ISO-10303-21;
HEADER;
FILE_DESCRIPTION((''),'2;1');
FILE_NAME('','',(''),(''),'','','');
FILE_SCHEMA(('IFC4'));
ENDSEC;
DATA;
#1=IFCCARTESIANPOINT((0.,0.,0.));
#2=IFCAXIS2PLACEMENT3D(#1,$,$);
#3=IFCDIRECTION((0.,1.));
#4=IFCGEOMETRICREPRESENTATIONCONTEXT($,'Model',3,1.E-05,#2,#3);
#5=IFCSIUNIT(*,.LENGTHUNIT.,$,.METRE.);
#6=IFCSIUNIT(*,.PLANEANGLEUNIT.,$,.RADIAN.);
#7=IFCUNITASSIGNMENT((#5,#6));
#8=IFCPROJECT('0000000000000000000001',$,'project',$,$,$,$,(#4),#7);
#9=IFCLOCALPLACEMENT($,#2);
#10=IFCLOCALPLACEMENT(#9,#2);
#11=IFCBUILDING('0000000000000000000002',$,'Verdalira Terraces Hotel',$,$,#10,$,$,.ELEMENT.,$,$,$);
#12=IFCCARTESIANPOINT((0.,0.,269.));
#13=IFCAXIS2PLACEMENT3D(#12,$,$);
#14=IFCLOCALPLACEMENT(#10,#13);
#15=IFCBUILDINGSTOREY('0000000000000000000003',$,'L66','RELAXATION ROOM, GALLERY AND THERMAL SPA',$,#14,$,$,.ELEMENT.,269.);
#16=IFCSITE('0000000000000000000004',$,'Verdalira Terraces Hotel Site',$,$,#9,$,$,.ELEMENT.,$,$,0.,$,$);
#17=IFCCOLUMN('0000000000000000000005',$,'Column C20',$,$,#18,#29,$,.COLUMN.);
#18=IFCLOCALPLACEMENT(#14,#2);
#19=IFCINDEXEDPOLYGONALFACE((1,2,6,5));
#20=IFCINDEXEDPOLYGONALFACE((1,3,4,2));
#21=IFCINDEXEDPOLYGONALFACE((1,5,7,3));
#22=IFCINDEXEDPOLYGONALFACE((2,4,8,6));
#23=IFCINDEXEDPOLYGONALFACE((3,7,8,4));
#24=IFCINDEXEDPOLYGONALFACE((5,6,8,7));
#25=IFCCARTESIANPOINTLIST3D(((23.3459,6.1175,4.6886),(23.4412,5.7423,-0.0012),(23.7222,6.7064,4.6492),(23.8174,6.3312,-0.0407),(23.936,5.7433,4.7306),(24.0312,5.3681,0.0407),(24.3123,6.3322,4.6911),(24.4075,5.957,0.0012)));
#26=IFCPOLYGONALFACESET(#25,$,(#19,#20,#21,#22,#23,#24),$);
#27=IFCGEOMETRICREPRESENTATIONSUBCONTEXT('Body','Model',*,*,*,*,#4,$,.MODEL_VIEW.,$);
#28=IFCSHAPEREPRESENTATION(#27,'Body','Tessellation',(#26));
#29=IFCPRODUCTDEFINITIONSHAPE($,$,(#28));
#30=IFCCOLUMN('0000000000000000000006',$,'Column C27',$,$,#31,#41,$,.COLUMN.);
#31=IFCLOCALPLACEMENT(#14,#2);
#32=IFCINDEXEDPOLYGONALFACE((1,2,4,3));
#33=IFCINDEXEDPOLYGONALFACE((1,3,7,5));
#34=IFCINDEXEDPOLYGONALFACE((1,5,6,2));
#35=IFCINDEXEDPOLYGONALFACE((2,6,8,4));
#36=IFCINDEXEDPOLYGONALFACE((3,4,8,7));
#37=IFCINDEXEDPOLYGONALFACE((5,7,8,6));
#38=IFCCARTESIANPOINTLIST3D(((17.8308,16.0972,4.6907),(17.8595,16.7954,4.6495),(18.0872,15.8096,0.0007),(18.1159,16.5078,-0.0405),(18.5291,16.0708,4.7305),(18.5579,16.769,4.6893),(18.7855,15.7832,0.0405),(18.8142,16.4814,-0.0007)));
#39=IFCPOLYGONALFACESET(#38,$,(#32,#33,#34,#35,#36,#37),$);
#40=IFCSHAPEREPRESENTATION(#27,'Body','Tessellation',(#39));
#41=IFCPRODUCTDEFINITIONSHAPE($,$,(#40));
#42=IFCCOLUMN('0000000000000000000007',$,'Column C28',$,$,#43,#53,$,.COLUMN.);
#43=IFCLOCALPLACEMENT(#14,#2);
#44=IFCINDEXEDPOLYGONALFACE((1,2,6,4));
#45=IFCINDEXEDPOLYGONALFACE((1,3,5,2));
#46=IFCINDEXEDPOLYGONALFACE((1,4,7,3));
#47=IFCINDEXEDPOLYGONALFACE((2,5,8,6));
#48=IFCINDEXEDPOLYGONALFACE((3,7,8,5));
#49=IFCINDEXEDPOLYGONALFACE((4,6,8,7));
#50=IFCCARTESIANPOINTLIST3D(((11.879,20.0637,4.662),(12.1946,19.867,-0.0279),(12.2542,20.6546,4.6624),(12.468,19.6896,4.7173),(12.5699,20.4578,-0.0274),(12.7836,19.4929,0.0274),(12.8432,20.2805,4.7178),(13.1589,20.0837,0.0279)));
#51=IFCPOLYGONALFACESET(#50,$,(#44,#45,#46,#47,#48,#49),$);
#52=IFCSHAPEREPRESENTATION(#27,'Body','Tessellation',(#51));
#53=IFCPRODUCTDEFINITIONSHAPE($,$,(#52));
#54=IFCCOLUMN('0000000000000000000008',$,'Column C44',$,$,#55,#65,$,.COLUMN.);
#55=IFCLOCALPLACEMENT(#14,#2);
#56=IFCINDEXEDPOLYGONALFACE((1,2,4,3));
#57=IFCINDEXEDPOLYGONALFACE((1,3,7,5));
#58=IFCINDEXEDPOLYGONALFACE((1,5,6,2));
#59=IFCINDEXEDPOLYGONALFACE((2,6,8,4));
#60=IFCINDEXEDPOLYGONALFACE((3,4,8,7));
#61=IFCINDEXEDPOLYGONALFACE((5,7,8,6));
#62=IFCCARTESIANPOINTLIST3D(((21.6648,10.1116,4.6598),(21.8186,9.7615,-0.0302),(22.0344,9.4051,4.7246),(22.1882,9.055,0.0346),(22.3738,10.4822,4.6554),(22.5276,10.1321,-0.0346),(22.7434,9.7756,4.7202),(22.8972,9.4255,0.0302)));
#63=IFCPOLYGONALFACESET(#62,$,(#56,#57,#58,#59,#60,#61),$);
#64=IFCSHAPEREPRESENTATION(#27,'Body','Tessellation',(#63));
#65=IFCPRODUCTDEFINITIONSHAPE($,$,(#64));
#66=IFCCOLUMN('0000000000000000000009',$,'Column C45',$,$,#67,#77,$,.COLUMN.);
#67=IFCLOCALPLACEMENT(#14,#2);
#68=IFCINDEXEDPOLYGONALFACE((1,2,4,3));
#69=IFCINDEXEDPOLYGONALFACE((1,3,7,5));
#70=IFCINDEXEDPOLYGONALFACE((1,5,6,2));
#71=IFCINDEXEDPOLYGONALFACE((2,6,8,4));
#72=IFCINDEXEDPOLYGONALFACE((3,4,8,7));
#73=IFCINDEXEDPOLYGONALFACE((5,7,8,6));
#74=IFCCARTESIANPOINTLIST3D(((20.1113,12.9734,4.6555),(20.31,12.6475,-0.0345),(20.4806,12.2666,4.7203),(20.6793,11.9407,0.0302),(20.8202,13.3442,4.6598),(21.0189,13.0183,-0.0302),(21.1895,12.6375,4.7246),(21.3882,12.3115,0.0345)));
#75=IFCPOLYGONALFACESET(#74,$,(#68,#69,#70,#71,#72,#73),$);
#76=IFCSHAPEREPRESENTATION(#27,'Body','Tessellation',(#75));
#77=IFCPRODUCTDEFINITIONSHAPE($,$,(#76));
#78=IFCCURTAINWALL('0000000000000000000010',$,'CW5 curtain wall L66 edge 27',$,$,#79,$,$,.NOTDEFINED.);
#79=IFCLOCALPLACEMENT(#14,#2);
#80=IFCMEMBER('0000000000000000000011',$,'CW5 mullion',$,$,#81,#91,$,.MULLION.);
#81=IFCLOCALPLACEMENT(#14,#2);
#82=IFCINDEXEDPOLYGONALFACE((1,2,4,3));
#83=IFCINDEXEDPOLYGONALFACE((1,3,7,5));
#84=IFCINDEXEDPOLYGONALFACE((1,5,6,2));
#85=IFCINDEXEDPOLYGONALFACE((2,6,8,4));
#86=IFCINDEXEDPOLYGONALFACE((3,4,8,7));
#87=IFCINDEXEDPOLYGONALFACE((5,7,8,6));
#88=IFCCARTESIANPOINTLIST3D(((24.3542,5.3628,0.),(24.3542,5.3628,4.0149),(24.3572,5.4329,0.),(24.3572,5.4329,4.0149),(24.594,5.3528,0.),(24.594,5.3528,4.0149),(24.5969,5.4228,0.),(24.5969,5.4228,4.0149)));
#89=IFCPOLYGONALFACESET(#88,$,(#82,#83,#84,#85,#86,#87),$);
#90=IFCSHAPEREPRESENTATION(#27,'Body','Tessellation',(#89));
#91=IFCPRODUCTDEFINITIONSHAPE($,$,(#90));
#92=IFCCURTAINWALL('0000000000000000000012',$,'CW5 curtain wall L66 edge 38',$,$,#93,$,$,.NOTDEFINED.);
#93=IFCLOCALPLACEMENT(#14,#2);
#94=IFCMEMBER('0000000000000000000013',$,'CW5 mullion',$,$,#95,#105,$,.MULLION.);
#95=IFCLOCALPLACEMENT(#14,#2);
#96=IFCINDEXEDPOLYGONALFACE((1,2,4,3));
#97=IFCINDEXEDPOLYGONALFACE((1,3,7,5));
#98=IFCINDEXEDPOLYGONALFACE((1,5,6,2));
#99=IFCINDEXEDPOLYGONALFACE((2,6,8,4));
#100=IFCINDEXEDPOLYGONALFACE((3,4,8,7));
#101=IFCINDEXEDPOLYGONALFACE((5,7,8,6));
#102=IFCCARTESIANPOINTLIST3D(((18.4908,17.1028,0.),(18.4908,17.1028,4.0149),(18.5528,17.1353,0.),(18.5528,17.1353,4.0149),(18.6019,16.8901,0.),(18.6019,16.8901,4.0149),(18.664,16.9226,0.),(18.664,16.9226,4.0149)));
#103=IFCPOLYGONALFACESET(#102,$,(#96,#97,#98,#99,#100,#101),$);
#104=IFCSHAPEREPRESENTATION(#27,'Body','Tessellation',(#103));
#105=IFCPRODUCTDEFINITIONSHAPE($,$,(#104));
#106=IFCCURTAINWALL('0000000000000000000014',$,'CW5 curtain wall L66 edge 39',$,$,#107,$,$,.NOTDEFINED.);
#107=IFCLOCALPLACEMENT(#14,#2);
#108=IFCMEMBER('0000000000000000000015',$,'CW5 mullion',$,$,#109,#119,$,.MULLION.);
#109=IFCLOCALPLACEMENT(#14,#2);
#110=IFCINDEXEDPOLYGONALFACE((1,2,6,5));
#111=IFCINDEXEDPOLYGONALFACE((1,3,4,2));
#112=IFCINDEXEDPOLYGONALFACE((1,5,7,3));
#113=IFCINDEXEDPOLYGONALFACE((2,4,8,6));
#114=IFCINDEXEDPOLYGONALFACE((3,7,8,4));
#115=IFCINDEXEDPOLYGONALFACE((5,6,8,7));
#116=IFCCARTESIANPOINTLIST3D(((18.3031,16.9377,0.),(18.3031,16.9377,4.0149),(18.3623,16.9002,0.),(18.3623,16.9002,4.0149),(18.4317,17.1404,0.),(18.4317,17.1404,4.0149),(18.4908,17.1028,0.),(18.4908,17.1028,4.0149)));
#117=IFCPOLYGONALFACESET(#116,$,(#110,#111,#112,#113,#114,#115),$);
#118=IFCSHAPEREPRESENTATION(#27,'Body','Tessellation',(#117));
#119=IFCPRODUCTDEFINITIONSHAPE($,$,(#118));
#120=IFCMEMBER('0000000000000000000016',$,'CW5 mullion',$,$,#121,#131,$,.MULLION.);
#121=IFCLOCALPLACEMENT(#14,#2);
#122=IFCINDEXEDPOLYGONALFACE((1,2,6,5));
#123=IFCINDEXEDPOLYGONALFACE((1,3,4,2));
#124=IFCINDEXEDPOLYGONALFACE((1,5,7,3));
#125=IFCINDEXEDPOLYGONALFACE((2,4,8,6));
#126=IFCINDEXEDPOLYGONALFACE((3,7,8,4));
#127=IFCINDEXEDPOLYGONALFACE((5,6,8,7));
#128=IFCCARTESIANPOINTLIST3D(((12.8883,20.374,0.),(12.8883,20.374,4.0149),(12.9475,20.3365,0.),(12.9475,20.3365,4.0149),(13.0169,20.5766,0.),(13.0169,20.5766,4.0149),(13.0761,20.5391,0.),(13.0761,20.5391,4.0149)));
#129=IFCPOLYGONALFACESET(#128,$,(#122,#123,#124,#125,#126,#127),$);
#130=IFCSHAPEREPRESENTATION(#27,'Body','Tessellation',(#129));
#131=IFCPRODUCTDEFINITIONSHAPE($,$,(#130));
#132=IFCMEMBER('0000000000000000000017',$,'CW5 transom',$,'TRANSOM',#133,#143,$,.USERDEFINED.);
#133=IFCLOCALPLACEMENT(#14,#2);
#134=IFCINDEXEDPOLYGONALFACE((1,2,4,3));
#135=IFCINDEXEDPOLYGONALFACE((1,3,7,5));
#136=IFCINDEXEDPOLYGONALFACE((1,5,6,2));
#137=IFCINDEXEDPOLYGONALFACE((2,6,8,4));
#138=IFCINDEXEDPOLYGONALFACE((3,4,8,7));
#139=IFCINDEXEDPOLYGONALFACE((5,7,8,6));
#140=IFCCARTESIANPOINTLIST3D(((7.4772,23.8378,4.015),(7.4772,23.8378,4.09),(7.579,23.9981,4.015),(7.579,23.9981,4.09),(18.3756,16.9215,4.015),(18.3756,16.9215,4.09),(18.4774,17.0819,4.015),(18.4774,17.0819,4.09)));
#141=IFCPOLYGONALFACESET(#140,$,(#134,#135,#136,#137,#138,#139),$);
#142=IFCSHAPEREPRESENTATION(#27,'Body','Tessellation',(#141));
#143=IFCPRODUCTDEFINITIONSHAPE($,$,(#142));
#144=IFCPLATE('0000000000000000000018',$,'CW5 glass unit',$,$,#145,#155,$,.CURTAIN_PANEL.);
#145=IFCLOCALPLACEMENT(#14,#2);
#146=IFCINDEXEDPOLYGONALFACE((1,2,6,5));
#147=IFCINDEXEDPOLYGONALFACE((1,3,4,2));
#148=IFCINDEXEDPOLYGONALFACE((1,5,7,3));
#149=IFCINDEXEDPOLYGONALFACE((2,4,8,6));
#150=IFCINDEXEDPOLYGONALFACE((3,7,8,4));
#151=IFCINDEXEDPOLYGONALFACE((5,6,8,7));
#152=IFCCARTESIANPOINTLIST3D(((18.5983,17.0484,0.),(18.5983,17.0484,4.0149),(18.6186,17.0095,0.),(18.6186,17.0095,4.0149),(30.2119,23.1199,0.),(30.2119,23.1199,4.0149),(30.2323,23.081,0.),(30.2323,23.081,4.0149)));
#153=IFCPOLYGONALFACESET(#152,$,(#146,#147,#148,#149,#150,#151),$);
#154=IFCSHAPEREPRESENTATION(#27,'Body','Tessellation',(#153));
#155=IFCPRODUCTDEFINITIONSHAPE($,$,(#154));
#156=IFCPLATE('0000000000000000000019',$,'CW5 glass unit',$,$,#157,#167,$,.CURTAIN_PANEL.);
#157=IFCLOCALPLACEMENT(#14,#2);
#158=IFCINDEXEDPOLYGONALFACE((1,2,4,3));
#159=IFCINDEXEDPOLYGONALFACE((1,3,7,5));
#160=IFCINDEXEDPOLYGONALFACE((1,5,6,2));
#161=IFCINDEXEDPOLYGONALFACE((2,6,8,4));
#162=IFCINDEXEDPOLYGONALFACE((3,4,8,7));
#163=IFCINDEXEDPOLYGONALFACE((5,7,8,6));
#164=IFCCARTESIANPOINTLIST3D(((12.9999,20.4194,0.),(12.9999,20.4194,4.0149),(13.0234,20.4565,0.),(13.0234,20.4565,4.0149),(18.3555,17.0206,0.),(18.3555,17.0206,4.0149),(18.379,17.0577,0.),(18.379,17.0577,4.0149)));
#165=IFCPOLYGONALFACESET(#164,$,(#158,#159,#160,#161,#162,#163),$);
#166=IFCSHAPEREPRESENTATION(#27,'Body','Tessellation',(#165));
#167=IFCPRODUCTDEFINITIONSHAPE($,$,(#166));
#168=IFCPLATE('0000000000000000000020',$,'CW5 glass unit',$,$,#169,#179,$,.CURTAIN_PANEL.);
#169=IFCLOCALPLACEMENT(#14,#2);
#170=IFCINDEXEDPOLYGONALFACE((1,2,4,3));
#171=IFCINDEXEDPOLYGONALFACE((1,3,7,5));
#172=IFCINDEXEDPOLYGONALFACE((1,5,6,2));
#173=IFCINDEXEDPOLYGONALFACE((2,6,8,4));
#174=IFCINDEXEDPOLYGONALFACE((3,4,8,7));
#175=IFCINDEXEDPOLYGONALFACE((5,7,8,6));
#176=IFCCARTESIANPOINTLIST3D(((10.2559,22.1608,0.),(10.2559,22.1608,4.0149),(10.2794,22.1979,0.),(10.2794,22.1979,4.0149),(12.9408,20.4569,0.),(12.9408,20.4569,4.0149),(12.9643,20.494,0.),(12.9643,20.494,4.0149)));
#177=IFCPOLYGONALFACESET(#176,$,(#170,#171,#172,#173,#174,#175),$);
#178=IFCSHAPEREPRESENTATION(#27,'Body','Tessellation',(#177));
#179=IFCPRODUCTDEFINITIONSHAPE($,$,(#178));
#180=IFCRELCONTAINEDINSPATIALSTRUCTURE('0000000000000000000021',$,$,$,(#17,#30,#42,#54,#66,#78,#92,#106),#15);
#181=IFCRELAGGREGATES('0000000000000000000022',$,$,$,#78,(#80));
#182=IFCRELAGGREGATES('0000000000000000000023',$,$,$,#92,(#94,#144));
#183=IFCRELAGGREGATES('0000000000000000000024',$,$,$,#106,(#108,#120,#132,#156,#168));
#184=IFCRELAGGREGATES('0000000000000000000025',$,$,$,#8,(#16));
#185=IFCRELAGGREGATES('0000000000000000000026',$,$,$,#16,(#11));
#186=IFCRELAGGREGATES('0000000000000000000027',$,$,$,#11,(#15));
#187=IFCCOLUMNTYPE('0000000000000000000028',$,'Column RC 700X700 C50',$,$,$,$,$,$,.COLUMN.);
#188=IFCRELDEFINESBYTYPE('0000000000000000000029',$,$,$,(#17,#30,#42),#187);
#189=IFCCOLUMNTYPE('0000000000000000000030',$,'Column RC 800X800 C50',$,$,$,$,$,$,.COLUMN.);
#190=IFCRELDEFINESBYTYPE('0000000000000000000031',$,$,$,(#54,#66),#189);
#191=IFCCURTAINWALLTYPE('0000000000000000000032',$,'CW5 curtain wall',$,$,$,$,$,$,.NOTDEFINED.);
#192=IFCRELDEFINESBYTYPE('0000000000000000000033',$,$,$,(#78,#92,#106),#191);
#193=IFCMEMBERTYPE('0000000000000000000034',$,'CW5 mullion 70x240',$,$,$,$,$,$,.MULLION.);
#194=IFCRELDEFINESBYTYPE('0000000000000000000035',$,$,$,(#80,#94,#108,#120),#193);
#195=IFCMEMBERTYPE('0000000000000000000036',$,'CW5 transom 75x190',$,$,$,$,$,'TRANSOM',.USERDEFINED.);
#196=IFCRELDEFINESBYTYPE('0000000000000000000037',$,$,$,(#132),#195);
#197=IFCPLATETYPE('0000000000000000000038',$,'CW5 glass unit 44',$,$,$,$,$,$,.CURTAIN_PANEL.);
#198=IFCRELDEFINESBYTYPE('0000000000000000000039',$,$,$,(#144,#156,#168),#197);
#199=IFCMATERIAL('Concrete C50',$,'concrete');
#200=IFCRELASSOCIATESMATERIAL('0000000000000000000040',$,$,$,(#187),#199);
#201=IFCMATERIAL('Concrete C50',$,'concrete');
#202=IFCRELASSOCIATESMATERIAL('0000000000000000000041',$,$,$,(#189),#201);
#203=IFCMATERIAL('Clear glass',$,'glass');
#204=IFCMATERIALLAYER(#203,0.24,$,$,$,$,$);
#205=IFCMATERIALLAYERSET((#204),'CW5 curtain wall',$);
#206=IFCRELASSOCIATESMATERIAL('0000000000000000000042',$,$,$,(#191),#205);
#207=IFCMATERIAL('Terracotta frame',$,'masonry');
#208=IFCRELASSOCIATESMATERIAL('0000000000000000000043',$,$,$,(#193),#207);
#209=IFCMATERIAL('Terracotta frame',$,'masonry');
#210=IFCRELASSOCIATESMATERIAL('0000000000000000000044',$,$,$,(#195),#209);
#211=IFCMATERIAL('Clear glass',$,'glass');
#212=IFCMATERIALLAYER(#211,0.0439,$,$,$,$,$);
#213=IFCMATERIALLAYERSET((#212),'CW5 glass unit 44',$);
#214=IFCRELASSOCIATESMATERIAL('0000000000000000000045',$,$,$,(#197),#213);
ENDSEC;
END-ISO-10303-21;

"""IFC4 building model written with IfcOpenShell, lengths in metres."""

from ifc_helpers import new_model, si_unit, direction, frame, origin, origin_2d, place, context, subcontext, project, spatial, rectangle, extrude, material, layer, layer_set, material_profile, profile_set, type_object, element, aggregate, save


model = new_model("IFC4")

# Units and contexts
model_context = context("Model", 3, precision=1e-05, world=origin(), true_north=direction((0.0, 1.0)))
body_context = subcontext(model_context, "Body", "Model", "MODEL_VIEW")
ifc_project = project(units=[si_unit("LENGTHUNIT", "METRE"), si_unit("PLANEANGLEUNIT", "RADIAN")], contexts=[model_context])

# Site, building, storey
site_placement = place(None, origin())
site = spatial("IfcSite", under=ifc_project, at=site_placement, Name="Verdalira Terraces Hotel Site", CompositionType="ELEMENT", RefElevation=0.0)
building_placement = place(site_placement, origin())
building = spatial("IfcBuilding", under=site, at=building_placement, Name="Verdalira Terraces Hotel", CompositionType="ELEMENT")
storey_placement = place(building_placement, frame((0.0, 0.0, 269.0)))
storey = spatial("IfcBuildingStorey", under=building, at=storey_placement, Name="L66", Description="RELAXATION ROOM, GALLERY AND THERMAL SPA", CompositionType="ELEMENT", Elevation=269.0)

# Columns
ifc_material_1 = material(Name="Concrete C50", Category="concrete")
ifc_material_profile_1 = material_profile(ifc_material_1, rectangle(XDim=0.7, YDim=0.7, at=origin_2d()), Name="RC 700X700")
ifc_profile_set_1 = profile_set([ifc_material_profile_1], Name="Concrete C50")
column_type_1 = type_object("IfcColumnType", Name="Column RC 700X700 C50", PredefinedType="COLUMN", material=ifc_profile_set_1)
for number, where, z_axis, x_axis, name in (
    (1, (23.9243, 5.8496, 0.0), (-0.020233, 0.079739, 0.99661), (-0.537562, -0.841336, 0.056402), "Column C20"),
    (2, (18.4507, 16.1455, 0.0), (-0.054476, 0.061116, 0.996643), (0.997672, -0.037688, 0.056843), "Column C27"),
):
    element("IfcColumn", number, at=place(storey_placement, frame(where, z_axis=z_axis, x_axis=x_axis)), inside=storey, type_object=column_type_1, Name=name, PredefinedType="COLUMN", context=body_context, shape_type="SweptSolid", body=[
        extrude(rectangle(XDim=0.7, YDim=0.7, at=origin_2d()), origin(), (0.0, 0.0, 1.0), 4.7058),
    ])
column_placement = place(storey_placement, frame((12.6768, 19.9753, 0.0), z_axis=(-0.067098, 0.041826, 0.996869), x_axis=(-0.841492, 0.534452, -0.079064)))
element("IfcColumn", 3, at=column_placement, inside=storey, type_object=column_type_1, Name="Column C28", PredefinedType="COLUMN", context=body_context, shape_type="SweptSolid", body=[
    extrude(rectangle(XDim=0.7, YDim=0.7, at=origin_2d()), origin(), (0.0, 0.0, 1.0), 4.7046),
])
ifc_material_2 = material(Name="Concrete C50", Category="concrete")
ifc_material_profile_2 = material_profile(ifc_material_2, rectangle(XDim=0.8, YDim=0.8, at=origin_2d()), Name="RC 800X800")
ifc_profile_set_2 = profile_set([ifc_material_profile_2], Name="Concrete C50")
column_type_2 = type_object("IfcColumnType", Name="Column RC 800X800 C50", PredefinedType="COLUMN", material=ifc_profile_set_2)
for number, where, z_axis, x_axis, name in (
    (4, (22.3579, 9.5935, 0.0), (-0.032687, 0.074402, 0.996693), (0.886288, 0.463101, -0.005504), "Column C44"),
    (5, (20.8491, 12.4795, 0.0), (-0.042234, 0.069266, 0.996704), (0.886077, 0.463507, 0.005335), "Column C45"),
):
    element("IfcColumn", number, at=place(storey_placement, frame(where, z_axis=z_axis, x_axis=x_axis)), inside=storey, type_object=column_type_2, Name=name, PredefinedType="COLUMN", context=body_context, shape_type="SweptSolid", body=[
        extrude(rectangle(XDim=0.8, YDim=0.8, at=origin_2d()), origin(), (0.0, 0.0, 1.0), 4.7056),
    ])

# Curtain walls, members
ifc_material_3 = material(Name="Clear glass", Category="glass")
ifc_layer_1 = layer(ifc_material_3, 0.24)
ifc_layer_set_1 = layer_set([ifc_layer_1], Name="CW5 curtain wall")
curtain_wall_type = type_object("IfcCurtainWallType", Name="CW5 curtain wall", PredefinedType="NOTDEFINED", material=ifc_layer_set_1)
curtain_wall_1_placement = place(storey_placement, origin())
curtain_wall_1 = element("IfcCurtainWall", 6, at=curtain_wall_1_placement, inside=storey, type_object=curtain_wall_type, Name="CW5 curtain wall L66 edge 27", PredefinedType="NOTDEFINED")
ifc_material_4 = material(Name="Terracotta frame", Category="masonry")
ifc_material_profile_3 = material_profile(ifc_material_4, rectangle(XDim=0.0701, YDim=0.24, at=origin_2d()), Name="MU 70x240")
ifc_profile_set_3 = profile_set([ifc_material_profile_3], Name="Terracotta frame")
member_type_1 = type_object("IfcMemberType", Name="CW5 mullion 70x240", PredefinedType="MULLION", material=ifc_profile_set_3)
member_1_placement = place(storey_placement, frame((24.4756, 5.3928, 0.0), z_axis=(0.0, 0.0, 1.0), x_axis=(0.041876, 0.999123, 0.0)))
member_1 = element("IfcMember", 7, at=member_1_placement, type_object=member_type_1, Name="CW5 mullion", PredefinedType="MULLION", context=body_context, shape_type="SweptSolid", body=[
    extrude(rectangle(XDim=0.0701, YDim=0.24, at=origin_2d()), origin(), (0.0, 0.0, 1.0), 4.0149),
])
aggregate(curtain_wall_1, [member_1])
curtain_wall_2_placement = place(storey_placement, origin())
curtain_wall_2 = element("IfcCurtainWall", 8, at=curtain_wall_2_placement, inside=storey, type_object=curtain_wall_type, Name="CW5 curtain wall L66 edge 38", PredefinedType="NOTDEFINED")
member_2_placement = place(storey_placement, frame((18.5774, 17.0127, 0.0), z_axis=(0.0, 0.0, 1.0), x_axis=(-0.886204, -0.463296, 0.0)))
member_2 = element("IfcMember", 9, at=member_2_placement, type_object=member_type_1, Name="CW5 mullion", PredefinedType="MULLION", context=body_context, shape_type="SweptSolid", body=[
    extrude(rectangle(XDim=0.0701, YDim=0.24, at=origin_2d()), origin(), (0.0, 0.0, 1.0), 4.0149),
])

# Curtain wall, members
curtain_wall_3_placement = place(storey_placement, origin())
curtain_wall_3 = element("IfcCurtainWall", 10, at=curtain_wall_3_placement, inside=storey, type_object=curtain_wall_type, Name="CW5 curtain wall L66 edge 39", PredefinedType="NOTDEFINED")
member_3_placement = place(storey_placement, frame((18.397, 17.0203, 0.0), z_axis=(0.0, 0.0, 1.0), x_axis=(-0.844328, 0.535827, 0.0)))
member_3 = element("IfcMember", 11, at=member_3_placement, type_object=member_type_1, Name="CW5 mullion", PredefinedType="MULLION", context=body_context, shape_type="SweptSolid", body=[
    extrude(rectangle(XDim=0.0701, YDim=0.24, at=origin_2d()), origin(), (0.0, 0.0, 1.0), 4.0149),
])
member_4_placement = place(storey_placement, frame((12.9822, 20.4565, 0.0), z_axis=(0.0, 0.0, 1.0), x_axis=(-0.844328, 0.535827, 0.0)))
member_4 = element("IfcMember", 12, at=member_4_placement, type_object=member_type_1, Name="CW5 mullion", PredefinedType="MULLION", context=body_context, shape_type="SweptSolid", body=[
    extrude(rectangle(XDim=0.0701, YDim=0.24, at=origin_2d()), origin(), (0.0, 0.0, 1.0), 4.0149),
])
ifc_material_5 = material(Name="Terracotta frame", Category="masonry")
ifc_material_profile_4 = material_profile(ifc_material_5, rectangle(XDim=0.1899, YDim=0.075, at=origin_2d()), Name="TR 75x190")
ifc_profile_set_4 = profile_set([ifc_material_profile_4], Name="Terracotta frame")
member_type_2 = type_object("IfcMemberType", Name="CW5 transom 75x190", ElementType="TRANSOM", PredefinedType="USERDEFINED", material=ifc_profile_set_4)
member_5_placement = place(storey_placement, frame((18.4265, 17.0017, 4.0525), z_axis=(-0.844331, 0.535821, 0.0), x_axis=(-0.535821, -0.844331, 0.0)))
member_5 = element("IfcMember", 13, at=member_5_placement, type_object=member_type_2, Name="CW5 transom", ObjectType="TRANSOM", PredefinedType="USERDEFINED", context=body_context, shape_type="SweptSolid", body=[
    extrude(rectangle(XDim=0.1899, YDim=0.075, at=origin_2d()), origin(), (0.0, 0.0, 1.0), 12.9077),
])

# Plates
ifc_material_6 = material(Name="Clear glass", Category="glass")
ifc_layer_2 = layer(ifc_material_6, 0.0439)
ifc_layer_set_2 = layer_set([ifc_layer_2], Name="CW5 glass unit 44")
plate_type = type_object("IfcPlateType", Name="CW5 glass unit 44", PredefinedType="CURTAIN_PANEL", material=ifc_layer_set_2)
plate_1_placement = place(storey_placement, frame((24.4153, 20.0647, 0.0), z_axis=(0.0, 0.0, 1.0), x_axis=(-0.886204, -0.463296, 0.0)))
plate_1 = element("IfcPlate", 14, at=plate_1_placement, type_object=plate_type, Name="CW5 glass unit", PredefinedType="CURTAIN_PANEL", context=body_context, shape_type="SweptSolid", body=[
    extrude(rectangle(XDim=13.105, YDim=0.0439, at=origin_2d()), origin(), (0.0, 0.0, 1.0), 4.0149),
])
aggregate(curtain_wall_2, [member_2, plate_1])
plate_2_placement = place(storey_placement, frame((15.6895, 18.7385, 0.0), z_axis=(0.0, 0.0, 1.0), x_axis=(-0.844328, 0.535827, 0.0)))
plate_2 = element("IfcPlate", 15, at=plate_2_placement, type_object=plate_type, Name="CW5 glass unit", PredefinedType="CURTAIN_PANEL", context=body_context, shape_type="SweptSolid", body=[
    extrude(rectangle(XDim=6.343, YDim=0.0439, at=origin_2d()), origin(), (0.0, 0.0, 1.0), 4.0149),
])
plate_3_placement = place(storey_placement, frame((11.6101, 21.3274, 0.0), z_axis=(0.0, 0.0, 1.0), x_axis=(-0.844328, 0.535827, 0.0)))
plate_3 = element("IfcPlate", 16, at=plate_3_placement, type_object=plate_type, Name="CW5 glass unit", PredefinedType="CURTAIN_PANEL", context=body_context, shape_type="SweptSolid", body=[
    extrude(rectangle(XDim=3.1799, YDim=0.0439, at=origin_2d()), origin(), (0.0, 0.0, 1.0), 4.0149),
])
aggregate(curtain_wall_3, [member_3, member_4, member_5, plate_2, plate_3])

save(model, "model.ifc")
